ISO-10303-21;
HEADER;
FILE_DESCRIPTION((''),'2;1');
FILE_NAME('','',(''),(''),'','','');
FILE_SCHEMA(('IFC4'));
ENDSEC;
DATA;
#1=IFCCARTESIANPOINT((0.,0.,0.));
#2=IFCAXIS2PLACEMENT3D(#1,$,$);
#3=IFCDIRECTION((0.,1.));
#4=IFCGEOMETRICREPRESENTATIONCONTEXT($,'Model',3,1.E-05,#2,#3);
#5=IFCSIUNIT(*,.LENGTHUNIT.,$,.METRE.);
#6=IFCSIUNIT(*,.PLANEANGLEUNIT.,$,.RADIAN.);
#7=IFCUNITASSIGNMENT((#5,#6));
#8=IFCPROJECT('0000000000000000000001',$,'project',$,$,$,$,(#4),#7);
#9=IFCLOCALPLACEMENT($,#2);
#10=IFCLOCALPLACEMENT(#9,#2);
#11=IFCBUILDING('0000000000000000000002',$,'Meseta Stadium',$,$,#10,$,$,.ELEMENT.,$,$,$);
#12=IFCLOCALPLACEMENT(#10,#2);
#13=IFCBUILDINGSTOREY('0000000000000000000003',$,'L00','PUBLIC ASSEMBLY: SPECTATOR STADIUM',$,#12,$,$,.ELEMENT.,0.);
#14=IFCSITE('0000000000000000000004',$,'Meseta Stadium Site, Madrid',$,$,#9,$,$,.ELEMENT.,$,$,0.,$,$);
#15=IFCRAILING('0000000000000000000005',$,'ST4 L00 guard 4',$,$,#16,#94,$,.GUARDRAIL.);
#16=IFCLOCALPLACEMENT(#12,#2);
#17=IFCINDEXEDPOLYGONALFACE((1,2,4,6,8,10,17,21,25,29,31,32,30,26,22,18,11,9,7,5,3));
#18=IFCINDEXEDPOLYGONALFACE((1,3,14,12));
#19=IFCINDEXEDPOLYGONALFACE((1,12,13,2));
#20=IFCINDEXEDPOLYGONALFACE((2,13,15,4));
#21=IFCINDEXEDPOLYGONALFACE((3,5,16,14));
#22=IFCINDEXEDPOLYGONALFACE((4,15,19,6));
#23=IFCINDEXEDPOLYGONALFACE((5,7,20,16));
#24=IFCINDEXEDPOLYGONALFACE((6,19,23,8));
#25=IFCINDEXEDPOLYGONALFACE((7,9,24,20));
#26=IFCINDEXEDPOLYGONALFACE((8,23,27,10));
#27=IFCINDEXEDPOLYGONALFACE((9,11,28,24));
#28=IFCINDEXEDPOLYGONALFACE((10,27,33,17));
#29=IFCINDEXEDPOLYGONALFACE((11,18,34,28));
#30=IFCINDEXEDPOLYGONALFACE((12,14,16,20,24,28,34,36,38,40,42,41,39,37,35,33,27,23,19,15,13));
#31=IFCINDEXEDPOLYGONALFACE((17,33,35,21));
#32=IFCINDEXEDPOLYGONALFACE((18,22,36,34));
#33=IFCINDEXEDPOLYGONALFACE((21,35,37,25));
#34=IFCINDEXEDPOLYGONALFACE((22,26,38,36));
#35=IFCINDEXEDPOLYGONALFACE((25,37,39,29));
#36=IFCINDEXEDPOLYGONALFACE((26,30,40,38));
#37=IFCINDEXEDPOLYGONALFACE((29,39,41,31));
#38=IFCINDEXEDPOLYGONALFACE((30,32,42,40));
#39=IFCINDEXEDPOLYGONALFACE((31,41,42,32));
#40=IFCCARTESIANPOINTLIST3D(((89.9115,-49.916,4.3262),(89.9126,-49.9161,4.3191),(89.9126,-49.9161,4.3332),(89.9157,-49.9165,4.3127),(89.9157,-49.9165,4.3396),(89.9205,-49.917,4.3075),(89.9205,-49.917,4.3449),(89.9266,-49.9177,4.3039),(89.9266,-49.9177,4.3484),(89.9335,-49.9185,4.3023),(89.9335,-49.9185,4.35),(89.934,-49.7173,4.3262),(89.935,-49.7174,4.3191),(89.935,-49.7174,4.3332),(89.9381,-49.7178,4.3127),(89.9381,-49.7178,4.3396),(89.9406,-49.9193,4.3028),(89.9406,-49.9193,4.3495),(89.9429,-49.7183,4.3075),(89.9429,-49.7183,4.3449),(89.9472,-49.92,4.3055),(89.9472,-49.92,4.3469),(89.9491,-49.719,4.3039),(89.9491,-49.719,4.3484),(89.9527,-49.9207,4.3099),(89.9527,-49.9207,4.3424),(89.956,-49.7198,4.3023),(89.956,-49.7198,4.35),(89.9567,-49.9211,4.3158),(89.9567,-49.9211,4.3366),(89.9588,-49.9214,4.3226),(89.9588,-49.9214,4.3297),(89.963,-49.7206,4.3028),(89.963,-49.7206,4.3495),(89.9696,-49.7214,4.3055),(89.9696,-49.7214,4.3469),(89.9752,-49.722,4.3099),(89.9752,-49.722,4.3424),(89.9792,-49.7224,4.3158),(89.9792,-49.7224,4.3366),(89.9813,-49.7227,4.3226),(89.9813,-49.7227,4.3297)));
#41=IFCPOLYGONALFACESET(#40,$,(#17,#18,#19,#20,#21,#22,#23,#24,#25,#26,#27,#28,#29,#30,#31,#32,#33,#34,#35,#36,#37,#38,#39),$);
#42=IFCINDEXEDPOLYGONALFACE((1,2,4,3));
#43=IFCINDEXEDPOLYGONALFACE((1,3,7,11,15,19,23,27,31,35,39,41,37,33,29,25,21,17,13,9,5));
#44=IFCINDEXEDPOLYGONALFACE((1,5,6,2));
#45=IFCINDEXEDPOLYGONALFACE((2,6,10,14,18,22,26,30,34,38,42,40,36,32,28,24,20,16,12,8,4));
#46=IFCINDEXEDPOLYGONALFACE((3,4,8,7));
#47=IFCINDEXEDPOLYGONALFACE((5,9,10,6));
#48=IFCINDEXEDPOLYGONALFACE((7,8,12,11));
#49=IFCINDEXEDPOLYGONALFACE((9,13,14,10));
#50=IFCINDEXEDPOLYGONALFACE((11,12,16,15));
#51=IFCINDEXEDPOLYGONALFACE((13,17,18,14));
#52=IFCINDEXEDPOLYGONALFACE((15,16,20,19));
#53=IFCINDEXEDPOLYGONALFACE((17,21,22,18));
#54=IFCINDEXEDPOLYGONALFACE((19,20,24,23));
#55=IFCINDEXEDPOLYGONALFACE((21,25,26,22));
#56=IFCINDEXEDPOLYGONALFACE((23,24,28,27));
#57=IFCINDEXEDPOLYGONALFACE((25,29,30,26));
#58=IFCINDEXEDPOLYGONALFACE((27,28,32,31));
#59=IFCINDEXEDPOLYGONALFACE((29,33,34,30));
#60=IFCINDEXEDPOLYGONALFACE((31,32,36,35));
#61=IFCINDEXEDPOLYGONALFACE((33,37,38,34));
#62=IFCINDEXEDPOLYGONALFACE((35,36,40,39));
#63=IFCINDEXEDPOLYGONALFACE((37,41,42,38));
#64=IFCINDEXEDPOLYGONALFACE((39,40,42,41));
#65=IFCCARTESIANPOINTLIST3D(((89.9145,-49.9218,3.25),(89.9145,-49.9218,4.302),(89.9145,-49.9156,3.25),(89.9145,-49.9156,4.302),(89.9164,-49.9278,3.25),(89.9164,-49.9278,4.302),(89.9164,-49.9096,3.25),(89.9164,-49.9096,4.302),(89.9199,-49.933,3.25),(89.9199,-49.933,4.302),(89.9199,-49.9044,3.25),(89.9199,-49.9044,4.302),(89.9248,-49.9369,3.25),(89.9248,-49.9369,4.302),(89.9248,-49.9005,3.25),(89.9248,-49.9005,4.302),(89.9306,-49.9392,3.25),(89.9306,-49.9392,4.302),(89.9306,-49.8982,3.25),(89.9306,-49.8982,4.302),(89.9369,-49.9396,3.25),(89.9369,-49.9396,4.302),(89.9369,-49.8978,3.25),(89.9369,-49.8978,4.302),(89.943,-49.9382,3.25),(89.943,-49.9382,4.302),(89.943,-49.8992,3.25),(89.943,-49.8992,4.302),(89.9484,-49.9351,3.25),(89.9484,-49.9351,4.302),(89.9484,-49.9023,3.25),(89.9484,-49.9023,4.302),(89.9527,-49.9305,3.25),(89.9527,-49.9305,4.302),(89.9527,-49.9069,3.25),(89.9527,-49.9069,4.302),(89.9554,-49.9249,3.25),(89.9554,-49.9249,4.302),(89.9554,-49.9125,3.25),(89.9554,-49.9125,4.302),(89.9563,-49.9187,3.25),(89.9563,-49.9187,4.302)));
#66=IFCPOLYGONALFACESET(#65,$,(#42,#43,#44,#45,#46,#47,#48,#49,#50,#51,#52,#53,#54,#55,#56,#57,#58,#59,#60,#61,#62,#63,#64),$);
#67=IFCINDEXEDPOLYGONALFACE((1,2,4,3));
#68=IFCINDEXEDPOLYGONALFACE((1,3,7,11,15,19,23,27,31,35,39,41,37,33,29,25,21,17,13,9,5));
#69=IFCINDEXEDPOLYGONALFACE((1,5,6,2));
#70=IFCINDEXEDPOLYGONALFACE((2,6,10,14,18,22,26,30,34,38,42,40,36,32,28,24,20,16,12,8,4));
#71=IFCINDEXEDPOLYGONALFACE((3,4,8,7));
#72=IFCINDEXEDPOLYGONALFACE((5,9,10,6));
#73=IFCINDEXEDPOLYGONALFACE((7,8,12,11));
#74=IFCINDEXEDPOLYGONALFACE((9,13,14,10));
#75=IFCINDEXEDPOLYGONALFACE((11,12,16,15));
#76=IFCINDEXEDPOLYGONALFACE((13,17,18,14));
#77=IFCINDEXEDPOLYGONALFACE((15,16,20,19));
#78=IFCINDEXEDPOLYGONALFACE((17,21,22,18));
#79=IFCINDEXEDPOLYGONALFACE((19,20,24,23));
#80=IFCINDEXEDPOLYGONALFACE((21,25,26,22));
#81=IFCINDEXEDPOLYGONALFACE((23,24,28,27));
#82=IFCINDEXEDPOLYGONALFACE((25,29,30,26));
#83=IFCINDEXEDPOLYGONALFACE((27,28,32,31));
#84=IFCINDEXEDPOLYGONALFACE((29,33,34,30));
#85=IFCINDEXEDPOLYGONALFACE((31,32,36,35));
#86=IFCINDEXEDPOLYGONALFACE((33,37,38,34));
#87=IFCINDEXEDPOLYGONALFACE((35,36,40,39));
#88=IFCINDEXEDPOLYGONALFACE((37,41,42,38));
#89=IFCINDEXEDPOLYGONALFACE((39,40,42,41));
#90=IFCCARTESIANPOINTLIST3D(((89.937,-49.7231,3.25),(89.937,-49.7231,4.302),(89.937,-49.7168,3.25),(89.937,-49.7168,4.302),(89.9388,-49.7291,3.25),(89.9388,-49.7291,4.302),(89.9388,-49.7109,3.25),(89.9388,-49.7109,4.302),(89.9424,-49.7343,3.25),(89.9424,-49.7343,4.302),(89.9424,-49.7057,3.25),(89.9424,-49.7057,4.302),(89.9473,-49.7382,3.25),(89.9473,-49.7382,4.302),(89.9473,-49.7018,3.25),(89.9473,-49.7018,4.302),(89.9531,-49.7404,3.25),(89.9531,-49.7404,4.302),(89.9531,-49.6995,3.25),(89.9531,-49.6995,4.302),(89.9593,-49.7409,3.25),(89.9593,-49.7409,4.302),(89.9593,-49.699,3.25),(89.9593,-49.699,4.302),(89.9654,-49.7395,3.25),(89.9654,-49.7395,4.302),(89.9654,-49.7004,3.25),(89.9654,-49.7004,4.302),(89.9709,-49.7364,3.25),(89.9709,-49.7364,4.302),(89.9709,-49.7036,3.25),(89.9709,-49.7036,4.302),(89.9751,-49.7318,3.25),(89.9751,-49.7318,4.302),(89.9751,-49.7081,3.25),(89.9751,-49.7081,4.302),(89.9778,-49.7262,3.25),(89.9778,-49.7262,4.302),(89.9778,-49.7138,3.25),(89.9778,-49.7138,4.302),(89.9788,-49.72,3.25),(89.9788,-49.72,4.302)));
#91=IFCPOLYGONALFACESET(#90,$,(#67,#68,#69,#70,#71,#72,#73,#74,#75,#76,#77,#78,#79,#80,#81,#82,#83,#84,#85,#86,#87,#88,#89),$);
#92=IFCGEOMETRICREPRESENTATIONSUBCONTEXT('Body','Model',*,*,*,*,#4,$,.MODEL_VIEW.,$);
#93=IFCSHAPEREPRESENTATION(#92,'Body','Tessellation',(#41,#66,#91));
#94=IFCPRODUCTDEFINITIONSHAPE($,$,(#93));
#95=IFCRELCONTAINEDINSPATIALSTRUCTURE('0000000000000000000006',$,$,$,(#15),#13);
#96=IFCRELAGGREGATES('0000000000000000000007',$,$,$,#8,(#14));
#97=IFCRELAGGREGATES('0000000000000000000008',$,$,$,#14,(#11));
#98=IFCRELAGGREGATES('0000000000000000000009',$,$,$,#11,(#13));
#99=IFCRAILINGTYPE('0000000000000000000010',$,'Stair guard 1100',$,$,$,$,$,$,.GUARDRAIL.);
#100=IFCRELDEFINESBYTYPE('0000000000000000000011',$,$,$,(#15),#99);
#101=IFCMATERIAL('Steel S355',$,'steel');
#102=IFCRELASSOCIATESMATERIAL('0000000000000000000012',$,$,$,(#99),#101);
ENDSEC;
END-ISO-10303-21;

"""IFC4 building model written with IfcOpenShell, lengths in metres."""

from ifc_helpers import new_model, si_unit, direction, frame, origin, origin_2d, place, context, subcontext, project, spatial, circle, extrude, material, type_object, element, save


model = new_model("IFC4")

# Units and contexts
model_context = context("Model", 3, precision=1e-05, world=origin(), true_north=direction((0.0, 1.0)))
body_context = subcontext(model_context, "Body", "Model", "MODEL_VIEW")
ifc_project = project(units=[si_unit("LENGTHUNIT", "METRE"), si_unit("PLANEANGLEUNIT", "RADIAN")], contexts=[model_context])

# Site, building, storey
site_placement = place(None, origin())
site = spatial("IfcSite", under=ifc_project, at=site_placement, Name="Meseta Stadium Site, Madrid", CompositionType="ELEMENT", RefElevation=0.0)
building_placement = place(site_placement, origin())
building = spatial("IfcBuilding", under=site, at=building_placement, Name="Meseta Stadium", CompositionType="ELEMENT")
storey_placement = place(building_placement, origin())
storey = spatial("IfcBuildingStorey", under=building, at=storey_placement, Name="L00", Description="PUBLIC ASSEMBLY: SPECTATOR STADIUM", CompositionType="ELEMENT", Elevation=0.0)

# Railing
ifc_material_1 = material(Name="Steel S355", Category="steel")
railing_type_1 = type_object("IfcRailingType", Name="Stair guard 1100", PredefinedType="GUARDRAIL", material=ifc_material_1)
railing_1_placement = place(storey_placement, frame((89.9353, -49.9187, 3.25)))
element("IfcRailing", 1, at=railing_1_placement, inside=storey, type_object=railing_type_1, Name="ST4 L00 guard 4", PredefinedType="GUARDRAIL", context=body_context, shape_type="SweptSolid", body=[
    extrude(circle(Radius=0.0239, at=origin_2d()), frame((0.0, 0.0, 1.0762), z_axis=(0.112307, 0.993674, 0.0), x_axis=(-0.993674, 0.112307, 0.0)), (0.0, 0.0, 1.0), 0.2),
    extrude(circle(Radius=0.021, at=origin_2d()), origin(), (0.0, 0.0, 1.0), 1.052),
    extrude(circle(Radius=0.021, at=origin_2d()), frame((0.0225, 0.1987, 0.0)), (0.0, 0.0, 1.0), 1.052),
])

save(model, "model.ifc")
